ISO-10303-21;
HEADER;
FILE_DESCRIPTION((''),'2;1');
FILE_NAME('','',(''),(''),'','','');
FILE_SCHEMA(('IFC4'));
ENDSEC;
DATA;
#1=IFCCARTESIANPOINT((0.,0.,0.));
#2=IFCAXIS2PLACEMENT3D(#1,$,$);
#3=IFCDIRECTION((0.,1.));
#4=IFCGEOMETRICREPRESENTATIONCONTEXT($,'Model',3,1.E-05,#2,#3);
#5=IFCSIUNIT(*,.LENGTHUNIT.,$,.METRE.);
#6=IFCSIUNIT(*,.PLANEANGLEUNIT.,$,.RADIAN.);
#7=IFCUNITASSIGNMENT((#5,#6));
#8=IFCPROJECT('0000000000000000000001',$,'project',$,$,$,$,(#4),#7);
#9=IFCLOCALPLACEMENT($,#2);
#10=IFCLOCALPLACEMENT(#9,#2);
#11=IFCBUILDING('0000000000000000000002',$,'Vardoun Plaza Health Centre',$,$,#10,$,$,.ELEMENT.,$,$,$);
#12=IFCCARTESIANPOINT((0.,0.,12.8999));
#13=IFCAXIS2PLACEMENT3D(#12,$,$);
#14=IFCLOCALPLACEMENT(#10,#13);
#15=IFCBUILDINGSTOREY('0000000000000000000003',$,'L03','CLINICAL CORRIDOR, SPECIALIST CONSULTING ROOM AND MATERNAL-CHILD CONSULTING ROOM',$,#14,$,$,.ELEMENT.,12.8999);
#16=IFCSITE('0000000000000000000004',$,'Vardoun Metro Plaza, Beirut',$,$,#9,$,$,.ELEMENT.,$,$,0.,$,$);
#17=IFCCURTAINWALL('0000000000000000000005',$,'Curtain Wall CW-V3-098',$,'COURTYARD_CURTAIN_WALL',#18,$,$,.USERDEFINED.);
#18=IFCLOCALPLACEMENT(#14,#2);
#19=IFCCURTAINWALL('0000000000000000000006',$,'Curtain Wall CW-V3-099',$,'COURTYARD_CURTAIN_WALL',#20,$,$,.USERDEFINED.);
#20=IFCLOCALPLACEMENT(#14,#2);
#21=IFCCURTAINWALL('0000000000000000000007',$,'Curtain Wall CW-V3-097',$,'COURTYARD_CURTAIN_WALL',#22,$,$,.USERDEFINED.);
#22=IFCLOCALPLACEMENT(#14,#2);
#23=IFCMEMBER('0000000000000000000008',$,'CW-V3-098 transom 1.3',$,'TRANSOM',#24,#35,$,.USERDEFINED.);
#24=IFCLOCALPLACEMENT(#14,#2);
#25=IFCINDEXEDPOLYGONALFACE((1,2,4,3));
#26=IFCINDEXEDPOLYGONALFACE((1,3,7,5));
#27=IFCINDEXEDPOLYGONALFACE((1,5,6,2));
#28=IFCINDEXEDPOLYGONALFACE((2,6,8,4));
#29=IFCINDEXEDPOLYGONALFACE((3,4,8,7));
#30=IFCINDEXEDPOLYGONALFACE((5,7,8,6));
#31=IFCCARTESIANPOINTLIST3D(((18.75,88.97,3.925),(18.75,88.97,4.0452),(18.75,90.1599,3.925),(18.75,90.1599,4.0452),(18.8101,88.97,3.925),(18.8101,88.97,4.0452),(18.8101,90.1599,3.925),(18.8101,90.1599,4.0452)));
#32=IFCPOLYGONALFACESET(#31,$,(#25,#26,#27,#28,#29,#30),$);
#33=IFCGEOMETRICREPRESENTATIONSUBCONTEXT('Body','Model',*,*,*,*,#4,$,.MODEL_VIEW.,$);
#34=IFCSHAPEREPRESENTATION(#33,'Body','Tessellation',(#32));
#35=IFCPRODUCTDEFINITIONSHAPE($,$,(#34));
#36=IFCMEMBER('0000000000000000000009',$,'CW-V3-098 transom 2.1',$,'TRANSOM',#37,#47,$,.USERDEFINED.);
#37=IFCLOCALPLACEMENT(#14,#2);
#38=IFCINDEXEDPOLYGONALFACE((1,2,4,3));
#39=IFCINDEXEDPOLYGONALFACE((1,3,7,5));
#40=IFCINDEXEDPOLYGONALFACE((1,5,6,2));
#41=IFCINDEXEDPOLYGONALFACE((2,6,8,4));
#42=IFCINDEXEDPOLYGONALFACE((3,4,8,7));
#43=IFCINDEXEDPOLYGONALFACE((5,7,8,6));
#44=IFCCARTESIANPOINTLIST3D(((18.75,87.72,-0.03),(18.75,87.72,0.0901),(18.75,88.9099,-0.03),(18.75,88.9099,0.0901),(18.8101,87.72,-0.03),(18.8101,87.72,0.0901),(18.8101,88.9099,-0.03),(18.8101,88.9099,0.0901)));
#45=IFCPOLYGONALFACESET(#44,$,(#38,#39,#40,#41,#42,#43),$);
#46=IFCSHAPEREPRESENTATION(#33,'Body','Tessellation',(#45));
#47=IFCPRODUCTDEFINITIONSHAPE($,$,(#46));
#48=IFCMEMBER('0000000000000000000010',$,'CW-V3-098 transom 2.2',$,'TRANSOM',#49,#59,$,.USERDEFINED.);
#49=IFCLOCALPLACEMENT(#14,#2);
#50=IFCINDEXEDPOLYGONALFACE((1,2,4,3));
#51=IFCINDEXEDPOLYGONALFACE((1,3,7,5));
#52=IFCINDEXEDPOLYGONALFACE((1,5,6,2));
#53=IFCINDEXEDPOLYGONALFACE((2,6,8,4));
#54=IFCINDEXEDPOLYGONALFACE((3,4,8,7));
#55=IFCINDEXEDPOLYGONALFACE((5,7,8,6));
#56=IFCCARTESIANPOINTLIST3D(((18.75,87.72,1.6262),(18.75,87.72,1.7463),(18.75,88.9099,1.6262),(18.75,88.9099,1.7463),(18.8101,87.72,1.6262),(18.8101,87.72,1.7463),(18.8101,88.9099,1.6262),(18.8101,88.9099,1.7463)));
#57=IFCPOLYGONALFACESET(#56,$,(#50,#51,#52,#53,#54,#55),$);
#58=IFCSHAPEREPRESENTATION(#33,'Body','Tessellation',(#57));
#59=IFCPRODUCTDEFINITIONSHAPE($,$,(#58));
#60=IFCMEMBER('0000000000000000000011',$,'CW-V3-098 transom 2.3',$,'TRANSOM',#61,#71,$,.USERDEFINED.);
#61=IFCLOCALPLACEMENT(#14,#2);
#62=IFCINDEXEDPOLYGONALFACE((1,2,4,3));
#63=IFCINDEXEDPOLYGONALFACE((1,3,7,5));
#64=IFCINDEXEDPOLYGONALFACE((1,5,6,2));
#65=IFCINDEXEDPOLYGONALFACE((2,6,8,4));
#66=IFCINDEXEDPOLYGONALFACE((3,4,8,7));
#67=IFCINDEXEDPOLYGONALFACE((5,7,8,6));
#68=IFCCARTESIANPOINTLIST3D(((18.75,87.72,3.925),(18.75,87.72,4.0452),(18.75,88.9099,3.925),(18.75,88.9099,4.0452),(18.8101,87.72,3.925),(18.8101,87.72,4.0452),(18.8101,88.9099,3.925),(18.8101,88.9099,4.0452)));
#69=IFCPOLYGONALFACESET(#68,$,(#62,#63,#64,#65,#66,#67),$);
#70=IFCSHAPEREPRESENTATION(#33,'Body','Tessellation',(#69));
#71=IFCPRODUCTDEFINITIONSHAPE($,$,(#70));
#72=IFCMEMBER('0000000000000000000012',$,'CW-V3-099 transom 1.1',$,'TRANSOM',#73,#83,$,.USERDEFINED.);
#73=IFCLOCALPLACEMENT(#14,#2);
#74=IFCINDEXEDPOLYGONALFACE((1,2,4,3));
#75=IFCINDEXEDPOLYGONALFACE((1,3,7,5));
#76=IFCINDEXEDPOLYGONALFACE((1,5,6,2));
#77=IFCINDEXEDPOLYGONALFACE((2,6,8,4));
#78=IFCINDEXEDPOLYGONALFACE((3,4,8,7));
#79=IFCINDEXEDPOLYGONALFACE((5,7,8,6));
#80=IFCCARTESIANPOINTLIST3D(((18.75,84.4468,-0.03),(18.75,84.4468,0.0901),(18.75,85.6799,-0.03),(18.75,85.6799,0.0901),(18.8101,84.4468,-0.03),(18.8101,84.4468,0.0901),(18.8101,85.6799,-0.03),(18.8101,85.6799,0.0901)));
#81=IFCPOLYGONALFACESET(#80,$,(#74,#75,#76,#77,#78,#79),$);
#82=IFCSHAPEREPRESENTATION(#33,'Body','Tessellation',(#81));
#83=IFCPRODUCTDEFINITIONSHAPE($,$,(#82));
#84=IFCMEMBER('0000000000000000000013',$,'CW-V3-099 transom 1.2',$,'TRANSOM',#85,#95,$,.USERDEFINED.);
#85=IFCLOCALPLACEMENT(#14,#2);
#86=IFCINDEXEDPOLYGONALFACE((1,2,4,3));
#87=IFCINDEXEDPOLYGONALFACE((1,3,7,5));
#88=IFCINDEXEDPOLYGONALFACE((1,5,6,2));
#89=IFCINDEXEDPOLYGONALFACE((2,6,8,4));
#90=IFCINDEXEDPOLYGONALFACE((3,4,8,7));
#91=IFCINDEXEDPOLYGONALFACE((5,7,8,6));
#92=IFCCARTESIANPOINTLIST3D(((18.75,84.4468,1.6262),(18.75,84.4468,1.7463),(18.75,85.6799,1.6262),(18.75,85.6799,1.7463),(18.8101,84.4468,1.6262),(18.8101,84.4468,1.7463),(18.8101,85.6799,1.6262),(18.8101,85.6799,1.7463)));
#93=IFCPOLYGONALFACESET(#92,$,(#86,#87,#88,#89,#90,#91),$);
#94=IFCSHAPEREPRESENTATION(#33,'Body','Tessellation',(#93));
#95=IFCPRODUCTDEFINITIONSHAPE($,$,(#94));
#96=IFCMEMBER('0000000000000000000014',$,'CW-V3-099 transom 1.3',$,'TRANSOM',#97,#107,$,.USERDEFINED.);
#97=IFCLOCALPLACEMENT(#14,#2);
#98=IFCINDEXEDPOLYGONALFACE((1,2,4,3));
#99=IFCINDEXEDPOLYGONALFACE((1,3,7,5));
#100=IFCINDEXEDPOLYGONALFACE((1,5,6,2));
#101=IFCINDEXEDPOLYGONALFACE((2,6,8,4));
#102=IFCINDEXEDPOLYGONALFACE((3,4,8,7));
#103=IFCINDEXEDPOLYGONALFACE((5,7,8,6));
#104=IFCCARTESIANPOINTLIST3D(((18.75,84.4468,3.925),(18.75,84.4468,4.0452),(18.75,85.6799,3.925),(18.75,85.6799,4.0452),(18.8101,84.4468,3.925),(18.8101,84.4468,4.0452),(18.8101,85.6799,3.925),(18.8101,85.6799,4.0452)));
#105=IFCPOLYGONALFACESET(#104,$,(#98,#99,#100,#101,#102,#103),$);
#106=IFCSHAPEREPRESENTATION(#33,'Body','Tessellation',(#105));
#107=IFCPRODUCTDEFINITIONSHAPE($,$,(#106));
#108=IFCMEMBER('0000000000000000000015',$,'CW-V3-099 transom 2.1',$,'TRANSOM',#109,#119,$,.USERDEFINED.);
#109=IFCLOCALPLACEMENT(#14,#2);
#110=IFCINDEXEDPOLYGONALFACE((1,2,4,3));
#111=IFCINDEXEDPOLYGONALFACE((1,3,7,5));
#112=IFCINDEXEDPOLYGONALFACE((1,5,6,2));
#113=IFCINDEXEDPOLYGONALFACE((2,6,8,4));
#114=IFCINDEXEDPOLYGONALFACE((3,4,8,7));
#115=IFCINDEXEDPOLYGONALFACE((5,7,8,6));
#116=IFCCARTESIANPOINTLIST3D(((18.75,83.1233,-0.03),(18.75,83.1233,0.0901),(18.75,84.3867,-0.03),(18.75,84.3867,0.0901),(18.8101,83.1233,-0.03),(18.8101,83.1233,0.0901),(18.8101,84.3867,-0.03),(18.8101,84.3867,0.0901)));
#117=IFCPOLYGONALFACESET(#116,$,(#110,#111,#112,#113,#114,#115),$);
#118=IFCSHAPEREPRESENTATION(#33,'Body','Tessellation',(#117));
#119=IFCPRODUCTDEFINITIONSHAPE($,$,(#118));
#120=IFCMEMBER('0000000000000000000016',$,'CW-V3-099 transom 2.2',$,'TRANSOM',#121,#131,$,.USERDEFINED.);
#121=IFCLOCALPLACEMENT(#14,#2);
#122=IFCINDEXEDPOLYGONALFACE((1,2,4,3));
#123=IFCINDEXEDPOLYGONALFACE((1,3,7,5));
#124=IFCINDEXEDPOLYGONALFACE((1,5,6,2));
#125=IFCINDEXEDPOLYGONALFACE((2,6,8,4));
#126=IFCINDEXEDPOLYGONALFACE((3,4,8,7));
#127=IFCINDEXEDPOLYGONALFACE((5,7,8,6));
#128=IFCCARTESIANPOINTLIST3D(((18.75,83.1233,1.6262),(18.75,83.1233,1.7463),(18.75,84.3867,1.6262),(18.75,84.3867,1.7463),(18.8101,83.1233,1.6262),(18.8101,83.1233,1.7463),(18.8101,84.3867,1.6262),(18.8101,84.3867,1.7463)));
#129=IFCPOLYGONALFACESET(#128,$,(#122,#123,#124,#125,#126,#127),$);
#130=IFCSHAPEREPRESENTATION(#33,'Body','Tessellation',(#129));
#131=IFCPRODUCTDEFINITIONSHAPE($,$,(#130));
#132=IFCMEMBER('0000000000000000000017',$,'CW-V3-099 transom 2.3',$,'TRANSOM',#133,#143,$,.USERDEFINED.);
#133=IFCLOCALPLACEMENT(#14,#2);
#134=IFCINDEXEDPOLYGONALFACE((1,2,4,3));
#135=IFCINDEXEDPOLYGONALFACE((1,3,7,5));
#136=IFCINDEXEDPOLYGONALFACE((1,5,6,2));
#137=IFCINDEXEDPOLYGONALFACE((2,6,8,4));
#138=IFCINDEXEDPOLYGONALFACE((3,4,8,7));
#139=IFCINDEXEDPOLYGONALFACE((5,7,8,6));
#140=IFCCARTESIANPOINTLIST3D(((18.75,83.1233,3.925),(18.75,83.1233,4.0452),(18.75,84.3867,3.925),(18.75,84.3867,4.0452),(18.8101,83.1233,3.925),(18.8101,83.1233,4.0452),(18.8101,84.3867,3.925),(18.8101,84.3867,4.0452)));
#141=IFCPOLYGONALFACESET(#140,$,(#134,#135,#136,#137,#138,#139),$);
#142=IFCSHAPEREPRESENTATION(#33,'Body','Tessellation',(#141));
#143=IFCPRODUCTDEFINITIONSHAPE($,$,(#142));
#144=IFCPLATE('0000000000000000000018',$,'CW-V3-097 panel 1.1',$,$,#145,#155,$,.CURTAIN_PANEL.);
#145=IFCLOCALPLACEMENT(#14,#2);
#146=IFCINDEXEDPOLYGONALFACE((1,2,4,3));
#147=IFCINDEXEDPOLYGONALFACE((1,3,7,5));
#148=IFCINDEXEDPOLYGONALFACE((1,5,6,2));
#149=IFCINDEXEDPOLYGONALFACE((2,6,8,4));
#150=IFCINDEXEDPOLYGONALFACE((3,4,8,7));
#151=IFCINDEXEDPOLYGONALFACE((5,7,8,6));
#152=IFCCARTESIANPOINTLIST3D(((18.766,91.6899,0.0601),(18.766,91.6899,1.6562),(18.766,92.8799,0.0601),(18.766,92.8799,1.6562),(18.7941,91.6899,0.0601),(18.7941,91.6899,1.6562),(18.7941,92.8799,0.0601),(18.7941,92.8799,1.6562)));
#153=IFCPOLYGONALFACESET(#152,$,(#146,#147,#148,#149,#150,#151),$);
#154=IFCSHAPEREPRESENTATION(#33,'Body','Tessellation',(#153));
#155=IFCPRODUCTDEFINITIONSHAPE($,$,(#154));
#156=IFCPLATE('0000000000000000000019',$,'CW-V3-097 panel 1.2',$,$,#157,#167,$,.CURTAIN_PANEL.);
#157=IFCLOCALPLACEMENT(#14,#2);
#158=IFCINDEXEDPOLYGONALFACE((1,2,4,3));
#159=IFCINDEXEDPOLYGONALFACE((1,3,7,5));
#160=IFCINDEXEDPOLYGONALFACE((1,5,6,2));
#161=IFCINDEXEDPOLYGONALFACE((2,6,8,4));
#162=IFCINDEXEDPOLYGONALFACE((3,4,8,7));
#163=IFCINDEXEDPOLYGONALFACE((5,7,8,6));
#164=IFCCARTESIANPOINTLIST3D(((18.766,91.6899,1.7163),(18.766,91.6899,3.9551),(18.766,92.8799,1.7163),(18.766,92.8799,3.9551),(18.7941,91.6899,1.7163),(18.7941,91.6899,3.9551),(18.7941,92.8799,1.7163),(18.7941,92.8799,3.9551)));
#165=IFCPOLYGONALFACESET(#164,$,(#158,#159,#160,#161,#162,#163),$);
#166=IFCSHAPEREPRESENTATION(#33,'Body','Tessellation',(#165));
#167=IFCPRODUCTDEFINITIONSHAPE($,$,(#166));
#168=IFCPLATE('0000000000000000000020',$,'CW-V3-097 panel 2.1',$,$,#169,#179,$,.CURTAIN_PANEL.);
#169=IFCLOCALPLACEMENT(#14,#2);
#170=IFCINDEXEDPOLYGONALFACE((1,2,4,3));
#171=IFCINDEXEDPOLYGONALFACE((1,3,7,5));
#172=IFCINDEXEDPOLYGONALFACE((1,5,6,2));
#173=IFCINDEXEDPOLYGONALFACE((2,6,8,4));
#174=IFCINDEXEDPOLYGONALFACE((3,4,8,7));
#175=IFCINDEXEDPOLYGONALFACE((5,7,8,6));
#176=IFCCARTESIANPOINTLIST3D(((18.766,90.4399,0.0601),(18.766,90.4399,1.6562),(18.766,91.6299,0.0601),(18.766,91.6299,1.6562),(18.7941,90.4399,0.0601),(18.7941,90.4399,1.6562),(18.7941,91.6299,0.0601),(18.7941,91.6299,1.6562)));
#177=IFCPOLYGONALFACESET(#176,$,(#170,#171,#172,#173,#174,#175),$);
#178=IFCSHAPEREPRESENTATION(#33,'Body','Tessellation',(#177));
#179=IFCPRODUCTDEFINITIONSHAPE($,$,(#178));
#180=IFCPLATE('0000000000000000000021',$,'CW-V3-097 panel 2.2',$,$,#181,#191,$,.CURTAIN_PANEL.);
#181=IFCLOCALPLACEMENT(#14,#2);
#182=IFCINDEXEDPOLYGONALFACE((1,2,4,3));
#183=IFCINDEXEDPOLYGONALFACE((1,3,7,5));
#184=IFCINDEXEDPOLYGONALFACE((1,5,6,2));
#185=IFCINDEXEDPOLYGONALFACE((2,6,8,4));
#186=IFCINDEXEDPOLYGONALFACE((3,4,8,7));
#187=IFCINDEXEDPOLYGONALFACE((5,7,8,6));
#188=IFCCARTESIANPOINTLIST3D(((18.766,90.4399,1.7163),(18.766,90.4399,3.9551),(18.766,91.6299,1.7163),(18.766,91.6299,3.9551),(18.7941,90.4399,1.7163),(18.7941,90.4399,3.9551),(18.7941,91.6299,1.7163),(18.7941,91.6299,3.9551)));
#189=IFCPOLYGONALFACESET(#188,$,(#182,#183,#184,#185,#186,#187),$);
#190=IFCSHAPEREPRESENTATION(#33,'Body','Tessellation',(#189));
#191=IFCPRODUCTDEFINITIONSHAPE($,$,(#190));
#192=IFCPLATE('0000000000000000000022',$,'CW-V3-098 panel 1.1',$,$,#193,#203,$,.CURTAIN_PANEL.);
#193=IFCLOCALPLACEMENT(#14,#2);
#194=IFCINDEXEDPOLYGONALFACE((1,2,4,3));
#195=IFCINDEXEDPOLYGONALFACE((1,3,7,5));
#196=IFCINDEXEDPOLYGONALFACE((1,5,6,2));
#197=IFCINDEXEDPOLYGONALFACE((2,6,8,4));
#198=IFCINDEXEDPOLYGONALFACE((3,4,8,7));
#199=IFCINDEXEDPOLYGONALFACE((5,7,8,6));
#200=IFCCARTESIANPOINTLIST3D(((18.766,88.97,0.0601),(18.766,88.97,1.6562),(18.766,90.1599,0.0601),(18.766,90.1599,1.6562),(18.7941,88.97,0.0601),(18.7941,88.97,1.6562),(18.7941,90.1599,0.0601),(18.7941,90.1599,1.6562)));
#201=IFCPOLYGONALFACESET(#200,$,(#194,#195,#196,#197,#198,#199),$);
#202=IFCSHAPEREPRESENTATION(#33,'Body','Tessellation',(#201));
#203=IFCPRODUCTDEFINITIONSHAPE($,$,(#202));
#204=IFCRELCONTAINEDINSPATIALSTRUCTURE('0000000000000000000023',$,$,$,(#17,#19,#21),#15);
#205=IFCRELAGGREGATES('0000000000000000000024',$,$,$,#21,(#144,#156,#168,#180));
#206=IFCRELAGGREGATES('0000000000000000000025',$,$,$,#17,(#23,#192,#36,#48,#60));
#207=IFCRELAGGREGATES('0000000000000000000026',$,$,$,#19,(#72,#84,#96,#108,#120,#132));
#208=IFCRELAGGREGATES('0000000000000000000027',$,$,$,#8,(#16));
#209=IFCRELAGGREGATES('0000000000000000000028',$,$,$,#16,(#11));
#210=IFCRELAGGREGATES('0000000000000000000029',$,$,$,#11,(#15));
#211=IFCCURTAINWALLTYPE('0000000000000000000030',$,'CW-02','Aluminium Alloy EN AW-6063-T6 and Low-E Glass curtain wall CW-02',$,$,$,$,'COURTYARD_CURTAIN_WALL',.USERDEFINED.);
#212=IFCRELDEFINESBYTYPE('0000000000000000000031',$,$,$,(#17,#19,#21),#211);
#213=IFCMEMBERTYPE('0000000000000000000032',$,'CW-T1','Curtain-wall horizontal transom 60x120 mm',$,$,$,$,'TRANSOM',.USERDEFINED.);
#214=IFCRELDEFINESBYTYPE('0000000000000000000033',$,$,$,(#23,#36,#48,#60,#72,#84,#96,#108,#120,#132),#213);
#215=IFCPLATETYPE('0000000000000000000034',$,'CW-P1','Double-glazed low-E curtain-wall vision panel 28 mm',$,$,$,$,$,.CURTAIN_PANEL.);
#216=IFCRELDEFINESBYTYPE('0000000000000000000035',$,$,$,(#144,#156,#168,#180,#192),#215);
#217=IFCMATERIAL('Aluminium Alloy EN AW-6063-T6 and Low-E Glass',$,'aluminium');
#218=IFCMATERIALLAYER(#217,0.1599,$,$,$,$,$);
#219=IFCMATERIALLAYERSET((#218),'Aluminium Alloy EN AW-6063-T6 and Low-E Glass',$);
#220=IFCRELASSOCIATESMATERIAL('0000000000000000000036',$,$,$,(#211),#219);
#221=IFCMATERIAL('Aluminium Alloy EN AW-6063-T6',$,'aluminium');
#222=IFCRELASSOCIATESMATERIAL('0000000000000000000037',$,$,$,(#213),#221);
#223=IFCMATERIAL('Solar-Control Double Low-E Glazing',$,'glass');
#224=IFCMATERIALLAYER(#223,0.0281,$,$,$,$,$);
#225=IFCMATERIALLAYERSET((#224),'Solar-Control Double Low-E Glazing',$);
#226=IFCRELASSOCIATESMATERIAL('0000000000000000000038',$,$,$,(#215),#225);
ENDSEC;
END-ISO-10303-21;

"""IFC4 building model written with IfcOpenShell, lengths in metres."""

from ifc_helpers import new_model, si_unit, direction, frame, origin, origin_2d, place, context, subcontext, project, spatial, rectangle, extrude, material, layer, layer_set, material_profile, profile_set, type_object, element, aggregate, save


model = new_model("IFC4")

# Units and contexts
model_context = context("Model", 3, precision=1e-05, world=origin(), true_north=direction((0.0, 1.0)))
body_context = subcontext(model_context, "Body", "Model", "MODEL_VIEW")
ifc_project = project(units=[si_unit("LENGTHUNIT", "METRE"), si_unit("PLANEANGLEUNIT", "RADIAN")], contexts=[model_context])

# Site, building, storey
site_placement = place(None, origin())
site = spatial("IfcSite", under=ifc_project, at=site_placement, Name="Vardoun Metro Plaza, Beirut", CompositionType="ELEMENT", RefElevation=0.0)
building_placement = place(site_placement, origin())
building = spatial("IfcBuilding", under=site, at=building_placement, Name="Vardoun Plaza Health Centre", CompositionType="ELEMENT")
storey_placement = place(building_placement, frame((0.0, 0.0, 12.8999)))
storey = spatial("IfcBuildingStorey", under=building, at=storey_placement, Name="L03", Description="CLINICAL CORRIDOR, SPECIALIST CONSULTING ROOM AND MATERNAL-CHILD CONSULTING ROOM", CompositionType="ELEMENT", Elevation=12.8999)

# Curtain walls
ifc_material_1 = material(Name="Aluminium Alloy EN AW-6063-T6 and Low-E Glass", Category="aluminium")
ifc_layer_1 = layer(ifc_material_1, 0.1599)
ifc_layer_set_1 = layer_set([ifc_layer_1], Name="Aluminium Alloy EN AW-6063-T6 and Low-E Glass")
curtain_wall_type = type_object("IfcCurtainWallType", Name="CW-02", Description="Aluminium Alloy EN AW-6063-T6 and Low-E Glass curtain wall CW-02", ElementType="COURTYARD_CURTAIN_WALL", PredefinedType="USERDEFINED", material=ifc_layer_set_1)
curtain_wall_1_placement = place(storey_placement, origin())
curtain_wall_1 = element("IfcCurtainWall", 1, at=curtain_wall_1_placement, inside=storey, type_object=curtain_wall_type, Name="Curtain Wall CW-V3-098", ObjectType="COURTYARD_CURTAIN_WALL", PredefinedType="USERDEFINED")
curtain_wall_2_placement = place(storey_placement, origin())
curtain_wall_2 = element("IfcCurtainWall", 2, at=curtain_wall_2_placement, inside=storey, type_object=curtain_wall_type, Name="Curtain Wall CW-V3-099", ObjectType="COURTYARD_CURTAIN_WALL", PredefinedType="USERDEFINED")
curtain_wall_3_placement = place(storey_placement, origin())
curtain_wall_3 = element("IfcCurtainWall", 3, at=curtain_wall_3_placement, inside=storey, type_object=curtain_wall_type, Name="Curtain Wall CW-V3-097", ObjectType="COURTYARD_CURTAIN_WALL", PredefinedType="USERDEFINED")
ifc_material_2 = material(Name="Aluminium Alloy EN AW-6063-T6", Category="aluminium")
ifc_material_profile_1 = material_profile(ifc_material_2, rectangle(XDim=0.0601, YDim=0.1201, at=origin_2d()), Name="CWT 60x120")
ifc_profile_set_1 = profile_set([ifc_material_profile_1], Name="Aluminium Alloy EN AW-6063-T6")
member_type_1 = type_object("IfcMemberType", Name="CW-T1", Description="Curtain-wall horizontal transom 60x120 mm", ElementType="TRANSOM", PredefinedType="USERDEFINED", material=ifc_profile_set_1)

# Members
member_1_placement = place(storey_placement, frame((18.78, 90.1599, 3.9851), z_axis=(0.0, -1.0, 0.0), x_axis=(1.0, 0.0, 0.0)))
member_1 = element("IfcMember", 4, at=member_1_placement, type_object=member_type_1, Name="CW-V3-098 transom 1.3", ObjectType="TRANSOM", PredefinedType="USERDEFINED", context=body_context, shape_type="SweptSolid", body=[
    extrude(rectangle(XDim=0.0601, YDim=0.1201, at=origin_2d()), origin(), (0.0, 0.0, 1.0), 1.1899),
])
member_2_placement = place(storey_placement, frame((18.78, 88.9099, 0.03), z_axis=(0.0, -1.0, 0.0), x_axis=(1.0, 0.0, 0.0)))
member_2 = element("IfcMember", 5, at=member_2_placement, type_object=member_type_1, Name="CW-V3-098 transom 2.1", ObjectType="TRANSOM", PredefinedType="USERDEFINED", context=body_context, shape_type="SweptSolid", body=[
    extrude(rectangle(XDim=0.0601, YDim=0.1201, at=origin_2d()), origin(), (0.0, 0.0, 1.0), 1.1899),
])
member_3_placement = place(storey_placement, frame((18.78, 88.9099, 1.6863), z_axis=(0.0, -1.0, 0.0), x_axis=(1.0, 0.0, 0.0)))
member_3 = element("IfcMember", 6, at=member_3_placement, type_object=member_type_1, Name="CW-V3-098 transom 2.2", ObjectType="TRANSOM", PredefinedType="USERDEFINED", context=body_context, shape_type="SweptSolid", body=[
    extrude(rectangle(XDim=0.0601, YDim=0.1201, at=origin_2d()), origin(), (0.0, 0.0, 1.0), 1.1899),
])
member_4_placement = place(storey_placement, frame((18.78, 88.9099, 3.9851), z_axis=(0.0, -1.0, 0.0), x_axis=(1.0, 0.0, 0.0)))
member_4 = element("IfcMember", 7, at=member_4_placement, type_object=member_type_1, Name="CW-V3-098 transom 2.3", ObjectType="TRANSOM", PredefinedType="USERDEFINED", context=body_context, shape_type="SweptSolid", body=[
    extrude(rectangle(XDim=0.0601, YDim=0.1201, at=origin_2d()), origin(), (0.0, 0.0, 1.0), 1.1899),
])
member_5_placement = place(storey_placement, frame((18.78, 85.6799, 0.03), z_axis=(0.0, -1.0, 0.0), x_axis=(1.0, 0.0, 0.0)))
member_5 = element("IfcMember", 8, at=member_5_placement, type_object=member_type_1, Name="CW-V3-099 transom 1.1", ObjectType="TRANSOM", PredefinedType="USERDEFINED", context=body_context, shape_type="SweptSolid", body=[
    extrude(rectangle(XDim=0.0601, YDim=0.1201, at=origin_2d()), origin(), (0.0, 0.0, 1.0), 1.2332),
])
member_6_placement = place(storey_placement, frame((18.78, 85.6799, 1.6863), z_axis=(0.0, -1.0, 0.0), x_axis=(1.0, 0.0, 0.0)))
member_6 = element("IfcMember", 9, at=member_6_placement, type_object=member_type_1, Name="CW-V3-099 transom 1.2", ObjectType="TRANSOM", PredefinedType="USERDEFINED", context=body_context, shape_type="SweptSolid", body=[
    extrude(rectangle(XDim=0.0601, YDim=0.1201, at=origin_2d()), origin(), (0.0, 0.0, 1.0), 1.2332),
])
member_7_placement = place(storey_placement, frame((18.78, 85.6799, 3.9851), z_axis=(0.0, -1.0, 0.0), x_axis=(1.0, 0.0, 0.0)))
member_7 = element("IfcMember", 10, at=member_7_placement, type_object=member_type_1, Name="CW-V3-099 transom 1.3", ObjectType="TRANSOM", PredefinedType="USERDEFINED", context=body_context, shape_type="SweptSolid", body=[
    extrude(rectangle(XDim=0.0601, YDim=0.1201, at=origin_2d()), origin(), (0.0, 0.0, 1.0), 1.2332),
])
member_8_placement = place(storey_placement, frame((18.78, 84.3867, 0.03), z_axis=(0.0, -1.0, 0.0), x_axis=(1.0, 0.0, 0.0)))
member_8 = element("IfcMember", 11, at=member_8_placement, type_object=member_type_1, Name="CW-V3-099 transom 2.1", ObjectType="TRANSOM", PredefinedType="USERDEFINED", context=body_context, shape_type="SweptSolid", body=[
    extrude(rectangle(XDim=0.0601, YDim=0.1201, at=origin_2d()), origin(), (0.0, 0.0, 1.0), 1.2634),
])
member_9_placement = place(storey_placement, frame((18.78, 84.3867, 1.6863), z_axis=(0.0, -1.0, 0.0), x_axis=(1.0, 0.0, 0.0)))
member_9 = element("IfcMember", 12, at=member_9_placement, type_object=member_type_1, Name="CW-V3-099 transom 2.2", ObjectType="TRANSOM", PredefinedType="USERDEFINED", context=body_context, shape_type="SweptSolid", body=[
    extrude(rectangle(XDim=0.0601, YDim=0.1201, at=origin_2d()), origin(), (0.0, 0.0, 1.0), 1.2634),
])
member_10_placement = place(storey_placement, frame((18.78, 84.3867, 3.9851), z_axis=(0.0, -1.0, 0.0), x_axis=(1.0, 0.0, 0.0)))
member_10 = element("IfcMember", 13, at=member_10_placement, type_object=member_type_1, Name="CW-V3-099 transom 2.3", ObjectType="TRANSOM", PredefinedType="USERDEFINED", context=body_context, shape_type="SweptSolid", body=[
    extrude(rectangle(XDim=0.0601, YDim=0.1201, at=origin_2d()), origin(), (0.0, 0.0, 1.0), 1.2634),
])

# Plates
ifc_material_3 = material(Name="Solar-Control Double Low-E Glazing", Category="glass")
ifc_layer_2 = layer(ifc_material_3, 0.0281)
ifc_layer_set_2 = layer_set([ifc_layer_2], Name="Solar-Control Double Low-E Glazing")
plate_type = type_object("IfcPlateType", Name="CW-P1", Description="Double-glazed low-E curtain-wall vision panel 28 mm", PredefinedType="CURTAIN_PANEL", material=ifc_layer_set_2)
plate_1_placement = place(storey_placement, frame((18.78, 92.2849, 0.0601), z_axis=(0.0, 0.0, 1.0), x_axis=(0.0, -1.0, 0.0)))
plate_1 = element("IfcPlate", 14, at=plate_1_placement, type_object=plate_type, Name="CW-V3-097 panel 1.1", PredefinedType="CURTAIN_PANEL", context=body_context, shape_type="SweptSolid", body=[
    extrude(rectangle(XDim=1.1899, YDim=0.0281, at=origin_2d()), origin(), (0.0, 0.0, 1.0), 1.5962),
])
plate_2_placement = place(storey_placement, frame((18.78, 92.2849, 1.7163), z_axis=(0.0, 0.0, 1.0), x_axis=(0.0, -1.0, 0.0)))
plate_2 = element("IfcPlate", 15, at=plate_2_placement, type_object=plate_type, Name="CW-V3-097 panel 1.2", PredefinedType="CURTAIN_PANEL", context=body_context, shape_type="SweptSolid", body=[
    extrude(rectangle(XDim=1.1899, YDim=0.0281, at=origin_2d()), origin(), (0.0, 0.0, 1.0), 2.2388),
])
plate_3_placement = place(storey_placement, frame((18.78, 91.0349, 0.0601), z_axis=(0.0, 0.0, 1.0), x_axis=(0.0, -1.0, 0.0)))
plate_3 = element("IfcPlate", 16, at=plate_3_placement, type_object=plate_type, Name="CW-V3-097 panel 2.1", PredefinedType="CURTAIN_PANEL", context=body_context, shape_type="SweptSolid", body=[
    extrude(rectangle(XDim=1.1899, YDim=0.0281, at=origin_2d()), origin(), (0.0, 0.0, 1.0), 1.5962),
])
plate_4_placement = place(storey_placement, frame((18.78, 91.0349, 1.7163), z_axis=(0.0, 0.0, 1.0), x_axis=(0.0, -1.0, 0.0)))
plate_4 = element("IfcPlate", 17, at=plate_4_placement, type_object=plate_type, Name="CW-V3-097 panel 2.2", PredefinedType="CURTAIN_PANEL", context=body_context, shape_type="SweptSolid", body=[
    extrude(rectangle(XDim=1.1899, YDim=0.0281, at=origin_2d()), origin(), (0.0, 0.0, 1.0), 2.2388),
])
aggregate(curtain_wall_3, [plate_1, plate_2, plate_3, plate_4])
plate_5_placement = place(storey_placement, frame((18.78, 89.5649, 0.0601), z_axis=(0.0, 0.0, 1.0), x_axis=(0.0, -1.0, 0.0)))
plate_5 = element("IfcPlate", 18, at=plate_5_placement, type_object=plate_type, Name="CW-V3-098 panel 1.1", PredefinedType="CURTAIN_PANEL", context=body_context, shape_type="SweptSolid", body=[
    extrude(rectangle(XDim=1.1899, YDim=0.0281, at=origin_2d()), origin(), (0.0, 0.0, 1.0), 1.5962),
])
aggregate(curtain_wall_1, [member_1, plate_5, member_2, member_3, member_4])
aggregate(curtain_wall_2, [member_5, member_6, member_7, member_8, member_9, member_10])

save(model, "model.ifc")
